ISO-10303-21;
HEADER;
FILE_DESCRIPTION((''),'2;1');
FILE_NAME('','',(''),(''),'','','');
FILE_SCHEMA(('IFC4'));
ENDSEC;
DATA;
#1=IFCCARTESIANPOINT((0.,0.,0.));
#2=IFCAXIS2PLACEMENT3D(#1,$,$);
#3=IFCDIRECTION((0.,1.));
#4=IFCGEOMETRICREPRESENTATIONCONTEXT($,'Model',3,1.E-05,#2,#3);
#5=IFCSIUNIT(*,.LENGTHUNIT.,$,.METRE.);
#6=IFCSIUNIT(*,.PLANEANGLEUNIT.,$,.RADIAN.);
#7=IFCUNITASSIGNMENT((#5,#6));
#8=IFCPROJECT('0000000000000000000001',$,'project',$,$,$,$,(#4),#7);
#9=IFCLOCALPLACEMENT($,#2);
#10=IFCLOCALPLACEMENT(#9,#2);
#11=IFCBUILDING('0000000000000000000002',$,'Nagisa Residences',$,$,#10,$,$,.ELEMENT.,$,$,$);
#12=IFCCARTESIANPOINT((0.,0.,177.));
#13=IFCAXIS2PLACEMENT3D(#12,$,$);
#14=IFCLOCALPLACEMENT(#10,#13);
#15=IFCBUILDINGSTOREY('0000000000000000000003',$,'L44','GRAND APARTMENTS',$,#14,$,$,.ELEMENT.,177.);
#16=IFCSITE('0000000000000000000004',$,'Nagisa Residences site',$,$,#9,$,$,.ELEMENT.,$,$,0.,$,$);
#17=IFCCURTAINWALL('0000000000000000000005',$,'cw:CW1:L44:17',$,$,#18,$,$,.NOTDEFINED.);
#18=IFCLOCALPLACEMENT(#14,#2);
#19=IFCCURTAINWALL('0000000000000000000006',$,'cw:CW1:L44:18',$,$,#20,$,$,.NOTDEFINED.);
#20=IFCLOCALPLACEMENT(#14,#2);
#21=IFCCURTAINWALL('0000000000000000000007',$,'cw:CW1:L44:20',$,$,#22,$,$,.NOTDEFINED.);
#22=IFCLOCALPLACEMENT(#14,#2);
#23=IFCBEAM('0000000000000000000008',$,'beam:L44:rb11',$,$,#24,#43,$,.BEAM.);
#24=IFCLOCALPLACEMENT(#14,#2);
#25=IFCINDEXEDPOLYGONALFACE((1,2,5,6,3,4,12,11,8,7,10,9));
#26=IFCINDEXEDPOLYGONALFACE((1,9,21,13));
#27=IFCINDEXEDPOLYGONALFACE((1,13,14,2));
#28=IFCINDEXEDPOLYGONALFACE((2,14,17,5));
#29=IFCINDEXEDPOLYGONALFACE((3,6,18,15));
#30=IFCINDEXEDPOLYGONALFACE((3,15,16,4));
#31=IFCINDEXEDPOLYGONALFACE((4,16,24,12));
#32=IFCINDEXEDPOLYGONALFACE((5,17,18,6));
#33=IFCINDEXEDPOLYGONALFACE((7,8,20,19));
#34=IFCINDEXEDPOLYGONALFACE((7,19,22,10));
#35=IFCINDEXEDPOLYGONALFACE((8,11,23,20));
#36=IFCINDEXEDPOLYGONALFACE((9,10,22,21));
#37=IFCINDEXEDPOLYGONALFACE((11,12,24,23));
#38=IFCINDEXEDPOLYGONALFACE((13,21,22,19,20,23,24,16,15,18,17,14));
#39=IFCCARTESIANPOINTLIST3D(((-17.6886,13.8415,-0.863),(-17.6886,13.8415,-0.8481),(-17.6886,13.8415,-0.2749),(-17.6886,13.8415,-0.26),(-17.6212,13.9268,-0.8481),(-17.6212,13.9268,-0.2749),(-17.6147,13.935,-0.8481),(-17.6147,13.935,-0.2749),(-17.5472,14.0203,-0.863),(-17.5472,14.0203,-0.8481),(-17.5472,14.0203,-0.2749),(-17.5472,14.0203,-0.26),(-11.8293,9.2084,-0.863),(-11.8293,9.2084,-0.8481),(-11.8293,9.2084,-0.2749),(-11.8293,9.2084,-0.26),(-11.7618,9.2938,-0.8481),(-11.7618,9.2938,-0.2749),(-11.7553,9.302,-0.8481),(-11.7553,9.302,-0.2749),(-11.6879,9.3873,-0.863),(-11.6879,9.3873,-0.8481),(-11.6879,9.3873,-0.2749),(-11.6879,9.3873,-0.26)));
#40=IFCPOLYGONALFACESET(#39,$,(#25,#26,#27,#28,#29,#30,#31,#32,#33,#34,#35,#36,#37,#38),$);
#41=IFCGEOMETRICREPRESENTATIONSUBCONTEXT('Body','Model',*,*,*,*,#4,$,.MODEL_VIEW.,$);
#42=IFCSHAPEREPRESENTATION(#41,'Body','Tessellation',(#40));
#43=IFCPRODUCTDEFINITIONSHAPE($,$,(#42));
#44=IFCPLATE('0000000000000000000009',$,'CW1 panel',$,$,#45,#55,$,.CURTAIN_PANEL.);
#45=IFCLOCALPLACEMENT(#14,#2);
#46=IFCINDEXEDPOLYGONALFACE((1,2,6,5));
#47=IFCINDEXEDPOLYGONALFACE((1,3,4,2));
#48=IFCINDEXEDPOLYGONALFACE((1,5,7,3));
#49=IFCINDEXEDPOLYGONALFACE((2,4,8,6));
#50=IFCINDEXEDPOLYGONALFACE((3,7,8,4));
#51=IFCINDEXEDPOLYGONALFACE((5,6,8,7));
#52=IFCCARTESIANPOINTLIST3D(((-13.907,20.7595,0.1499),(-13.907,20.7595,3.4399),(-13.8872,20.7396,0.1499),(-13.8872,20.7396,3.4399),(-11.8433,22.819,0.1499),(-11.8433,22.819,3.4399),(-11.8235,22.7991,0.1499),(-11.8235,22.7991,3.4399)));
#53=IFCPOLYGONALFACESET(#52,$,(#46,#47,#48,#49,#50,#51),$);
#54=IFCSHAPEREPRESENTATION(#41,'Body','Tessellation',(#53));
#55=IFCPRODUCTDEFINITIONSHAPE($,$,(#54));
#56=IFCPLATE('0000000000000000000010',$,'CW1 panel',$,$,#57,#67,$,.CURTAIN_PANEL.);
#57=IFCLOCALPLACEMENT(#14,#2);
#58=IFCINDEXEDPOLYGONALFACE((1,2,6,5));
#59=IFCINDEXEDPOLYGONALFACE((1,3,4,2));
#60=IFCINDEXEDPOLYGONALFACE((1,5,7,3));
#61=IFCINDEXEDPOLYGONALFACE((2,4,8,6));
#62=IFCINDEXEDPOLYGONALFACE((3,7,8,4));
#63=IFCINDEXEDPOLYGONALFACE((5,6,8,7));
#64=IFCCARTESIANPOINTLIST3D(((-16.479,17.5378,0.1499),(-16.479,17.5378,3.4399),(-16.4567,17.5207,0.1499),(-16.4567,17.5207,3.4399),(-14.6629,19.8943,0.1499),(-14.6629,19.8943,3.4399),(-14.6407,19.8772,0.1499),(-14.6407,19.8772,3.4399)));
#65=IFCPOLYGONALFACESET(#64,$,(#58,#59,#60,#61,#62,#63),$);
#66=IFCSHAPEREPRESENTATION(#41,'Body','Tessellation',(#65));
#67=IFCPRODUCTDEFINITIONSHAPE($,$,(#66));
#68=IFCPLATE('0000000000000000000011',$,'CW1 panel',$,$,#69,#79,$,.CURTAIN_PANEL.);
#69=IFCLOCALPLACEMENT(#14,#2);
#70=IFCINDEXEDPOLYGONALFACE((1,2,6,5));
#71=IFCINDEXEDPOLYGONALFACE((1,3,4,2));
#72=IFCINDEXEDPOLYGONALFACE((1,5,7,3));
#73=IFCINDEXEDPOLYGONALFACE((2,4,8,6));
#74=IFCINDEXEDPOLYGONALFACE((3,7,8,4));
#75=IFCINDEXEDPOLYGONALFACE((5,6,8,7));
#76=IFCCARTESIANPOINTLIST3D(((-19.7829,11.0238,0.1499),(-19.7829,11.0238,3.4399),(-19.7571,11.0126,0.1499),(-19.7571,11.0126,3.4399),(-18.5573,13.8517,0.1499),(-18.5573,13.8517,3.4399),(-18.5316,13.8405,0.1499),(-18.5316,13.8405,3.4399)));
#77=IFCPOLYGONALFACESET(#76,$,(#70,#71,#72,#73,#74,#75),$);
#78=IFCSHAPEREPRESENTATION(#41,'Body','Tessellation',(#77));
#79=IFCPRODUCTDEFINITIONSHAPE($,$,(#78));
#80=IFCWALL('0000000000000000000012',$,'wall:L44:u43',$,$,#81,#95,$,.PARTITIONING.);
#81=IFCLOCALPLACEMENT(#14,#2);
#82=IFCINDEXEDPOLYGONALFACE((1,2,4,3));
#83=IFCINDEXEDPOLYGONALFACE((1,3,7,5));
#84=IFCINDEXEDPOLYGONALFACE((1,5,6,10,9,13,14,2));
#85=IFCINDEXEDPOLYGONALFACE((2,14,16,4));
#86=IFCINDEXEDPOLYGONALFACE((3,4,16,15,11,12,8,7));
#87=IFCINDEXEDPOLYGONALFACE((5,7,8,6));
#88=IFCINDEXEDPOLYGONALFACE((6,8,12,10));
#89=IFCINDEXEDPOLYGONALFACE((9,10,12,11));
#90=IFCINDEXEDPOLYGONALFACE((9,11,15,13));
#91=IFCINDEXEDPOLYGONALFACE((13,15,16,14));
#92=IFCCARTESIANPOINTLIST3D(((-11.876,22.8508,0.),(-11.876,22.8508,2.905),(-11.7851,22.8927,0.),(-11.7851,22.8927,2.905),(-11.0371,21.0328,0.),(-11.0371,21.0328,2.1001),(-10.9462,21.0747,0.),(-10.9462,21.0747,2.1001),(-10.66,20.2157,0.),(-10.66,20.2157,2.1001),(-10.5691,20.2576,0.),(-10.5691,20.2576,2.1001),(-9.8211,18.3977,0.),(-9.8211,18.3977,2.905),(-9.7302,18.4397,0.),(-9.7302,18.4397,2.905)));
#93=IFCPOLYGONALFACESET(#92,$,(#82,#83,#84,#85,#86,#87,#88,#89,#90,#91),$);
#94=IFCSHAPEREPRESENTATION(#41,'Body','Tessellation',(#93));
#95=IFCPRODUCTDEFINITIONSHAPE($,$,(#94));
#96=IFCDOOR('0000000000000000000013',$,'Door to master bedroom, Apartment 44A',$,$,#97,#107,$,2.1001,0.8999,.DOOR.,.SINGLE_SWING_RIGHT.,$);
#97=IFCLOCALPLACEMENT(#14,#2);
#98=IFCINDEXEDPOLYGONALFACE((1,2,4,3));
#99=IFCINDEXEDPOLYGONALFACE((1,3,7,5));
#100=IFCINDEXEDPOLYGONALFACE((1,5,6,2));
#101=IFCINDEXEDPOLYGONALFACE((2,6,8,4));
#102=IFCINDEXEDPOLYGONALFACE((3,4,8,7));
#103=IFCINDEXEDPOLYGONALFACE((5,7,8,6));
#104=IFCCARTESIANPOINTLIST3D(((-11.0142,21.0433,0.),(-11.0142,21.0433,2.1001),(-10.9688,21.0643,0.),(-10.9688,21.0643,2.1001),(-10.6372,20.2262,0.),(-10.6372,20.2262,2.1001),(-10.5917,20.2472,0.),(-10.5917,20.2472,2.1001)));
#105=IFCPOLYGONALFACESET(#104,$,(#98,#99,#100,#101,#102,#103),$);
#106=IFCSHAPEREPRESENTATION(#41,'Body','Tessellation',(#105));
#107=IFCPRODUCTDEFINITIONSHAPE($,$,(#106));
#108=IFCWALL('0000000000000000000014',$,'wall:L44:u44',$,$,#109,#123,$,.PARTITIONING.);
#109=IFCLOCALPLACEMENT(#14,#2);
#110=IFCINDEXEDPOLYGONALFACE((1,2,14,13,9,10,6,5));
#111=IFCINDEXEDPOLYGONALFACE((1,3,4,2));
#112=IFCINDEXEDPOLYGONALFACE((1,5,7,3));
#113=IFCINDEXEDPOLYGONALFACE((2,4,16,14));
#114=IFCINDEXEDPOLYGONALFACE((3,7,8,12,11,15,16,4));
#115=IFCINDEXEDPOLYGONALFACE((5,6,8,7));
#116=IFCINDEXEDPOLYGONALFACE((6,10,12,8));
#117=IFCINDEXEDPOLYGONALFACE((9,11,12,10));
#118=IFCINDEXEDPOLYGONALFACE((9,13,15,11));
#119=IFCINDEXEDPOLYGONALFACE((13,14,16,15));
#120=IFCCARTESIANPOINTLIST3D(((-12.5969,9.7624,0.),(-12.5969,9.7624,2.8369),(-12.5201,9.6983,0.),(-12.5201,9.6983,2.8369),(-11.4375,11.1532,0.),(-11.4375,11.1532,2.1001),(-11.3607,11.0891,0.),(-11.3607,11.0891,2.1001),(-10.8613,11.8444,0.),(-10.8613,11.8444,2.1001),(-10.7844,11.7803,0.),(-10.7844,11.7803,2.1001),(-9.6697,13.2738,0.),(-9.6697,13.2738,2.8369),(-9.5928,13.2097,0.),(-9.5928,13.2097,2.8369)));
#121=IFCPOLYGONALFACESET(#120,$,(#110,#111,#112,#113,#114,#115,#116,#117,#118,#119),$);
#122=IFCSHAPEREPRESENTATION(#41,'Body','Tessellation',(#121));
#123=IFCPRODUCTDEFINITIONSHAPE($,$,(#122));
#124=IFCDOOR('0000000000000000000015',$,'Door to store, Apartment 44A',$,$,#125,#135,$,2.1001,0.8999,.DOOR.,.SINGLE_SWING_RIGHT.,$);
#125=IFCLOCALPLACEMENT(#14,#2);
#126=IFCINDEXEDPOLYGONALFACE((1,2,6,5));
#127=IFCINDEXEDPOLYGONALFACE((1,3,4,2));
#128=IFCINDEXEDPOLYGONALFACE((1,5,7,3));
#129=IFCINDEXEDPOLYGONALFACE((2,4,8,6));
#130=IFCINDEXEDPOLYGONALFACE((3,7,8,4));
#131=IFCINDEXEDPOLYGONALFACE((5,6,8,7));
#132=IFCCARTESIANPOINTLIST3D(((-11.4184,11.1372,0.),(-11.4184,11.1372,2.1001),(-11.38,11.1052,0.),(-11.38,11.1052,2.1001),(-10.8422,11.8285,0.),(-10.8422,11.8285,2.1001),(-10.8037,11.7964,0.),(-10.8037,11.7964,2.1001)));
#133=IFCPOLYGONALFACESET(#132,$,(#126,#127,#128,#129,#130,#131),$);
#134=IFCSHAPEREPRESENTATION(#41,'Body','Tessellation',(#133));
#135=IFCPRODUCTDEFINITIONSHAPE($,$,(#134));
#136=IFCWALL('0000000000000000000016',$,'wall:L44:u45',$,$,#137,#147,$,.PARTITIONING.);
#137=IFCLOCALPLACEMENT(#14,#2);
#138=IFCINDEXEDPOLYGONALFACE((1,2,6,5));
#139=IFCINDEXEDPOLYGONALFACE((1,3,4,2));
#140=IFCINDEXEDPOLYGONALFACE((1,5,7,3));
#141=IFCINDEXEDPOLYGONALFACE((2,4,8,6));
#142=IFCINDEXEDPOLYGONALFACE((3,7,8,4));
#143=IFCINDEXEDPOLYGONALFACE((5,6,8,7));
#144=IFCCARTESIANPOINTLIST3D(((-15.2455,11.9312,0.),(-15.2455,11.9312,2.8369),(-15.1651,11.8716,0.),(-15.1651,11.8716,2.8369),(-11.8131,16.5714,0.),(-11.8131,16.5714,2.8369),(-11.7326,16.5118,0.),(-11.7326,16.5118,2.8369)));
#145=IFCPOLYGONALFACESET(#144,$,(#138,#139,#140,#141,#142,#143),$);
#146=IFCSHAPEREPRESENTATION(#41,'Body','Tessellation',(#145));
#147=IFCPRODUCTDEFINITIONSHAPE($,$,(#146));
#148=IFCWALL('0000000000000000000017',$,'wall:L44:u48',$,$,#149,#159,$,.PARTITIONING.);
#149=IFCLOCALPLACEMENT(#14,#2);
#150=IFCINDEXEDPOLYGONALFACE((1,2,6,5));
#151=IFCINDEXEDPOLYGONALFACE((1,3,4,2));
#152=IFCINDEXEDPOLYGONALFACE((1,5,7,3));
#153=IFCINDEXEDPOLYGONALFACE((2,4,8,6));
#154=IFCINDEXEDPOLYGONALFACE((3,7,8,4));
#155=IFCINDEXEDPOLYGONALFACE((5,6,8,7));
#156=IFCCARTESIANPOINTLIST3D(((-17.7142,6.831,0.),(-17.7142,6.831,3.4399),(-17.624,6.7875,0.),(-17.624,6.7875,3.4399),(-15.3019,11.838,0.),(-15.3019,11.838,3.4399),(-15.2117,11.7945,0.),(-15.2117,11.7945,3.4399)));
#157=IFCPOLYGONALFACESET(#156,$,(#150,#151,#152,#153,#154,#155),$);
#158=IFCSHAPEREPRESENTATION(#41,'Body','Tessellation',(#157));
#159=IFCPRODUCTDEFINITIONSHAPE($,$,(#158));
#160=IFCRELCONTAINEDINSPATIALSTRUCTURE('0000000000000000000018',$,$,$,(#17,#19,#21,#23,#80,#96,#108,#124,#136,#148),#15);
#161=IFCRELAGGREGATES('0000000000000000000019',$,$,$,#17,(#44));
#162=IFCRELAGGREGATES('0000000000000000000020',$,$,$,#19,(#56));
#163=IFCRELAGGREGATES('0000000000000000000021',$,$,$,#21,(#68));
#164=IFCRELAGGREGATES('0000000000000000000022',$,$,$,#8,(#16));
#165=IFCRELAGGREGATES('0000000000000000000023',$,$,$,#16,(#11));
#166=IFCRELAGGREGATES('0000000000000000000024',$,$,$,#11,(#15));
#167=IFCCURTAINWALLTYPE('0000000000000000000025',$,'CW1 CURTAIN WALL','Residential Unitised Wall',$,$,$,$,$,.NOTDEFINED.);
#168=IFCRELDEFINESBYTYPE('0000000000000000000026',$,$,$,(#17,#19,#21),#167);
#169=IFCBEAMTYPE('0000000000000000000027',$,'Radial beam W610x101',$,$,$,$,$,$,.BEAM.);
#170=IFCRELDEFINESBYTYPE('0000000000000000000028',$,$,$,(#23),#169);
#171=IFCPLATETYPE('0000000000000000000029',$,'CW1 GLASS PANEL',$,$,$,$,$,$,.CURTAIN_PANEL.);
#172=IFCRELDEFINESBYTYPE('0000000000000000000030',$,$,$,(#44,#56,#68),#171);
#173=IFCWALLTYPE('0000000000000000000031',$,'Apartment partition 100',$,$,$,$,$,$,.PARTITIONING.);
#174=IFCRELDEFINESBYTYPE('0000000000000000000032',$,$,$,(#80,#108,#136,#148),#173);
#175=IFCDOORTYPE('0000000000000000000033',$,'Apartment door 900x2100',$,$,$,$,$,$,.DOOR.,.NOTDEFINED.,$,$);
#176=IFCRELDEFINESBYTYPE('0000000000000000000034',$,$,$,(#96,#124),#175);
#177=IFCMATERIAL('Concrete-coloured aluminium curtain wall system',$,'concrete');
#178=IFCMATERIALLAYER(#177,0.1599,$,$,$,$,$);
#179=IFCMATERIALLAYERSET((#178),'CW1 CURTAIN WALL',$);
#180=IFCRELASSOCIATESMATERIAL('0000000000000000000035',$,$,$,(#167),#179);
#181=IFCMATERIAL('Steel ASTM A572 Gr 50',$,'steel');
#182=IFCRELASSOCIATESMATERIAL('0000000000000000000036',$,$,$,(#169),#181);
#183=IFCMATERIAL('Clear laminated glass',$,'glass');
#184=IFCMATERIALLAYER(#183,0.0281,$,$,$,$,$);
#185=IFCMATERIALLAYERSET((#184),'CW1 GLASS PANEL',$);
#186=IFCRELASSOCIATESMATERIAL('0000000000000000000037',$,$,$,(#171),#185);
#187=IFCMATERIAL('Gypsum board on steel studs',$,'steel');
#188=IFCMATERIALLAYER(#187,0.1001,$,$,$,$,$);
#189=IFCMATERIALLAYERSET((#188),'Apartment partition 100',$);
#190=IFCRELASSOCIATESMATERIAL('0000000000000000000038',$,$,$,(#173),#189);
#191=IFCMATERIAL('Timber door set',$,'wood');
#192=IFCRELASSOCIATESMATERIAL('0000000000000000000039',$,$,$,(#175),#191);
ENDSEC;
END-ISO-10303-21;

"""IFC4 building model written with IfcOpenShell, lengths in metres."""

from ifc_helpers import new_model, si_unit, direction, frame, frame_2d, origin, origin_2d, place, context, subcontext, project, spatial, rectangle, i_section, extrude, material, layer, layer_set, material_profile, profile_set, type_object, element, fill, aggregate, save


model = new_model("IFC4")

# Units and contexts
model_context = context("Model", 3, precision=1e-05, world=origin(), true_north=direction((0.0, 1.0)))
body_context = subcontext(model_context, "Body", "Model", "MODEL_VIEW")
ifc_project = project(units=[si_unit("LENGTHUNIT", "METRE"), si_unit("PLANEANGLEUNIT", "RADIAN")], contexts=[model_context])

# Site, building, storey
site_placement = place(None, origin())
site = spatial("IfcSite", under=ifc_project, at=site_placement, Name="Nagisa Residences site", CompositionType="ELEMENT", RefElevation=0.0)
building_placement = place(site_placement, origin())
building = spatial("IfcBuilding", under=site, at=building_placement, Name="Nagisa Residences", CompositionType="ELEMENT")
storey_placement = place(building_placement, frame((0.0, 0.0, 177.0)))
storey = spatial("IfcBuildingStorey", under=building, at=storey_placement, Name="L44", Description="GRAND APARTMENTS", CompositionType="ELEMENT", Elevation=177.0)

# Curtain walls
ifc_material_1 = material(Name="Concrete-coloured aluminium curtain wall system", Category="concrete")
ifc_layer_1 = layer(ifc_material_1, 0.1599)
ifc_layer_set_1 = layer_set([ifc_layer_1], Name="CW1 CURTAIN WALL")
curtain_wall_type = type_object("IfcCurtainWallType", Name="CW1 CURTAIN WALL", Description="Residential Unitised Wall", PredefinedType="NOTDEFINED", material=ifc_layer_set_1)
curtain_wall_1_placement = place(storey_placement, origin())
curtain_wall_1 = element("IfcCurtainWall", 1, at=curtain_wall_1_placement, inside=storey, type_object=curtain_wall_type, Name="cw:CW1:L44:17", PredefinedType="NOTDEFINED")
curtain_wall_2_placement = place(storey_placement, origin())
curtain_wall_2 = element("IfcCurtainWall", 2, at=curtain_wall_2_placement, inside=storey, type_object=curtain_wall_type, Name="cw:CW1:L44:18", PredefinedType="NOTDEFINED")
curtain_wall_3_placement = place(storey_placement, origin())
curtain_wall_3 = element("IfcCurtainWall", 3, at=curtain_wall_3_placement, inside=storey, type_object=curtain_wall_type, Name="cw:CW1:L44:20", PredefinedType="NOTDEFINED")

# Beam
ifc_material_2 = material(Name="Steel ASTM A572 Gr 50", Category="steel")
ifc_material_profile_1 = material_profile(ifc_material_2, i_section(OverallWidth=0.228, OverallDepth=0.603, WebThickness=0.0105, FlangeThickness=0.0149, at=origin_2d()), Name="W610x101")
ifc_profile_set_1 = profile_set([ifc_material_profile_1], Name="Steel ASTM A572 Gr 50")
beam_type_1 = type_object("IfcBeamType", Name="Radial beam W610x101", PredefinedType="BEAM", material=ifc_profile_set_1)
beam_1_placement = place(storey_placement, frame((-17.6179, 13.9309, -0.5615), z_axis=(0.784412, -0.620241, 0.0), x_axis=(0.620241, 0.784412, 0.0)))
element("IfcBeam", 4, at=beam_1_placement, inside=storey, type_object=beam_type_1, Name="beam:L44:rb11", PredefinedType="BEAM", context=body_context, shape_type="SweptSolid", body=[
    extrude(i_section(OverallWidth=0.228, OverallDepth=0.603, WebThickness=0.0105, FlangeThickness=0.0149, at=origin_2d()), origin(), (0.0, 0.0, 1.0), 7.4697),
])

# Plates
ifc_material_3 = material(Name="Clear laminated glass", Category="glass")
ifc_layer_2 = layer(ifc_material_3, 0.0281)
ifc_layer_set_2 = layer_set([ifc_layer_2], Name="CW1 GLASS PANEL")
plate_type = type_object("IfcPlateType", Name="CW1 GLASS PANEL", PredefinedType="CURTAIN_PANEL", material=ifc_layer_set_2)
plate_1_placement = place(storey_placement, frame((-12.8652, 21.7793, 0.1499), z_axis=(0.0, 0.0, 1.0), x_axis=(-0.707836, -0.706377, 0.0)))
plate_1 = element("IfcPlate", 5, at=plate_1_placement, type_object=plate_type, Name="CW1 panel", PredefinedType="CURTAIN_PANEL", context=body_context, shape_type="SweptSolid", body=[
    extrude(rectangle(XDim=2.9155, YDim=0.0281, at=origin_2d()), origin(), (0.0, 0.0, 1.0), 3.29),
])
aggregate(curtain_wall_1, [plate_1])
plate_2_placement = place(storey_placement, frame((-15.5598, 18.7075, 0.1499), z_axis=(0.0, 0.0, 1.0), x_axis=(-0.61043, -0.79207, 0.0)))
plate_2 = element("IfcPlate", 6, at=plate_2_placement, type_object=plate_type, Name="CW1 panel", PredefinedType="CURTAIN_PANEL", context=body_context, shape_type="SweptSolid", body=[
    extrude(rectangle(XDim=2.9751, YDim=0.0281, at=origin_2d()), origin(), (0.0, 0.0, 1.0), 3.29),
])
aggregate(curtain_wall_2, [plate_2])
plate_3_placement = place(storey_placement, frame((-19.1572, 12.4321, 0.1499), z_axis=(0.0, 0.0, 1.0), x_axis=(-0.397636, -0.917543, 0.0)))
plate_3 = element("IfcPlate", 7, at=plate_3_placement, type_object=plate_type, Name="CW1 panel", PredefinedType="CURTAIN_PANEL", context=body_context, shape_type="SweptSolid", body=[
    extrude(rectangle(XDim=3.082, YDim=0.0281, at=origin_2d()), origin(), (0.0, 0.0, 1.0), 3.29),
])
aggregate(curtain_wall_3, [plate_3])

# Walls, openings, doors
ifc_material_4 = material(Name="Gypsum board on steel studs", Category="steel")
ifc_layer_3 = layer(ifc_material_4, 0.1001)
ifc_layer_set_3 = layer_set([ifc_layer_3], Name="Apartment partition 100")
wall_type_1 = type_object("IfcWallType", Name="Apartment partition 100", PredefinedType="PARTITIONING", material=ifc_layer_set_3)
wall_1_placement = place(storey_placement, frame((-9.7756, 18.4187, 0.0), z_axis=(0.0, 0.0, 1.0), x_axis=(-0.418998, 0.907987, 0.0)))
wall_1 = element("IfcWall", 8, at=wall_1_placement, inside=storey, type_object=wall_type_1, Name="wall:L44:u43", PredefinedType="PARTITIONING", context=body_context, shape_type="SweptSolid", body=[
    extrude(rectangle(XDim=4.9043, YDim=0.1001, at=frame_2d((2.4521, 0.0))), origin(), (0.0, 0.0, 1.0), 2.905),
])
opening_1_placement = place(wall_1_placement, frame((2.0022, 0.0, 0.0)))
opening_1 = element("IfcOpeningElement", 9, at=opening_1_placement, cuts=wall_1, PredefinedType="OPENING", context=body_context, shape_type="SweptSolid", body=[
    extrude(rectangle(XDim=0.8999, YDim=2.1001, at=frame_2d((0.45, 1.05))), frame((0.0, 0.0601, 0.0), z_axis=(0.0, -1.0, 0.0), x_axis=(1.0, 0.0, 0.0)), (0.0, 0.0, 1.0), 0.1201),
])
ifc_material_5 = material(Name="Timber door set", Category="wood")
door_type_1 = type_object("IfcDoorType", Name="Apartment door 900x2100", OperationType="NOTDEFINED", PredefinedType="DOOR", material=ifc_material_5)
door_1_placement = place(opening_1_placement, origin())
door_1 = element("IfcDoor", 10, at=door_1_placement, inside=storey, type_object=door_type_1, Name="Door to master bedroom, Apartment 44A", OperationType="SINGLE_SWING_RIGHT", OverallHeight=2.1001, OverallWidth=0.8999, PredefinedType="DOOR", context=body_context, shape_type="SweptSolid", body=[
    extrude(rectangle(XDim=0.8999, YDim=2.1001, at=frame_2d((0.45, 1.05))), frame((0.0, 0.0249, 0.0), z_axis=(0.0, -1.0, 0.0), x_axis=(1.0, 0.0, 0.0)), (0.0, 0.0, 1.0), 0.05),
])
fill(opening_1, door_1)
wall_2_placement = place(storey_placement, frame((-9.6313, 13.2417, 0.0), z_axis=(0.0, 0.0, 1.0), x_axis=(-0.640316, -0.768112, 0.0)))
wall_2 = element("IfcWall", 11, at=wall_2_placement, inside=storey, type_object=wall_type_1, Name="wall:L44:u44", PredefinedType="PARTITIONING", context=body_context, shape_type="SweptSolid", body=[
    extrude(rectangle(XDim=4.5715, YDim=0.1001, at=frame_2d((2.2856, 0.0))), origin(), (0.0, 0.0, 1.0), 2.8369),
])
opening_2_placement = place(wall_2_placement, frame((1.8608, 0.0, 0.0)))
opening_2 = element("IfcOpeningElement", 12, at=opening_2_placement, cuts=wall_2, PredefinedType="OPENING", context=body_context, shape_type="SweptSolid", body=[
    extrude(rectangle(XDim=0.8999, YDim=2.1001, at=frame_2d((0.45, 1.05))), frame((0.0, 0.0601, 0.0), z_axis=(0.0, -1.0, 0.0), x_axis=(1.0, 0.0, 0.0)), (0.0, 0.0, 1.0), 0.1201),
])
door_2_placement = place(opening_2_placement, origin())
door_2 = element("IfcDoor", 13, at=door_2_placement, inside=storey, type_object=door_type_1, Name="Door to store, Apartment 44A", OperationType="SINGLE_SWING_RIGHT", OverallHeight=2.1001, OverallWidth=0.8999, PredefinedType="DOOR", context=body_context, shape_type="SweptSolid", body=[
    extrude(rectangle(XDim=0.8999, YDim=2.1001, at=frame_2d((0.45, 1.05))), frame((0.0, 0.0249, 0.0), z_axis=(0.0, -1.0, 0.0), x_axis=(1.0, 0.0, 0.0)), (0.0, 0.0, 1.0), 0.05),
])
fill(opening_2, door_2)

# Walls
wall_3_placement = place(storey_placement, frame((-11.7729, 16.5415, 0.0), z_axis=(0.0, 0.0, 1.0), x_axis=(-0.594694, -0.803952, 0.0)))
element("IfcWall", 14, at=wall_3_placement, inside=storey, type_object=wall_type_1, Name="wall:L44:u45", PredefinedType="PARTITIONING", context=body_context, shape_type="SweptSolid", body=[
    extrude(rectangle(XDim=5.7717, YDim=0.1001, at=frame_2d((2.8857, 0.0))), origin(), (0.0, 0.0, 1.0), 2.8369),
])
wall_4_placement = place(storey_placement, frame((-15.2568, 11.8162, 0.0), z_axis=(0.0, 0.0, 1.0), x_axis=(-0.43404, -0.900894, 0.0)))
element("IfcWall", 15, at=wall_4_placement, inside=storey, type_object=wall_type_1, Name="wall:L44:u48", PredefinedType="PARTITIONING", context=body_context, shape_type="SweptSolid", body=[
    extrude(rectangle(XDim=5.5579, YDim=0.1001, at=frame_2d((2.7788, 0.0))), origin(), (0.0, 0.0, 1.0), 3.4399),
])

save(model, "model.ifc")
